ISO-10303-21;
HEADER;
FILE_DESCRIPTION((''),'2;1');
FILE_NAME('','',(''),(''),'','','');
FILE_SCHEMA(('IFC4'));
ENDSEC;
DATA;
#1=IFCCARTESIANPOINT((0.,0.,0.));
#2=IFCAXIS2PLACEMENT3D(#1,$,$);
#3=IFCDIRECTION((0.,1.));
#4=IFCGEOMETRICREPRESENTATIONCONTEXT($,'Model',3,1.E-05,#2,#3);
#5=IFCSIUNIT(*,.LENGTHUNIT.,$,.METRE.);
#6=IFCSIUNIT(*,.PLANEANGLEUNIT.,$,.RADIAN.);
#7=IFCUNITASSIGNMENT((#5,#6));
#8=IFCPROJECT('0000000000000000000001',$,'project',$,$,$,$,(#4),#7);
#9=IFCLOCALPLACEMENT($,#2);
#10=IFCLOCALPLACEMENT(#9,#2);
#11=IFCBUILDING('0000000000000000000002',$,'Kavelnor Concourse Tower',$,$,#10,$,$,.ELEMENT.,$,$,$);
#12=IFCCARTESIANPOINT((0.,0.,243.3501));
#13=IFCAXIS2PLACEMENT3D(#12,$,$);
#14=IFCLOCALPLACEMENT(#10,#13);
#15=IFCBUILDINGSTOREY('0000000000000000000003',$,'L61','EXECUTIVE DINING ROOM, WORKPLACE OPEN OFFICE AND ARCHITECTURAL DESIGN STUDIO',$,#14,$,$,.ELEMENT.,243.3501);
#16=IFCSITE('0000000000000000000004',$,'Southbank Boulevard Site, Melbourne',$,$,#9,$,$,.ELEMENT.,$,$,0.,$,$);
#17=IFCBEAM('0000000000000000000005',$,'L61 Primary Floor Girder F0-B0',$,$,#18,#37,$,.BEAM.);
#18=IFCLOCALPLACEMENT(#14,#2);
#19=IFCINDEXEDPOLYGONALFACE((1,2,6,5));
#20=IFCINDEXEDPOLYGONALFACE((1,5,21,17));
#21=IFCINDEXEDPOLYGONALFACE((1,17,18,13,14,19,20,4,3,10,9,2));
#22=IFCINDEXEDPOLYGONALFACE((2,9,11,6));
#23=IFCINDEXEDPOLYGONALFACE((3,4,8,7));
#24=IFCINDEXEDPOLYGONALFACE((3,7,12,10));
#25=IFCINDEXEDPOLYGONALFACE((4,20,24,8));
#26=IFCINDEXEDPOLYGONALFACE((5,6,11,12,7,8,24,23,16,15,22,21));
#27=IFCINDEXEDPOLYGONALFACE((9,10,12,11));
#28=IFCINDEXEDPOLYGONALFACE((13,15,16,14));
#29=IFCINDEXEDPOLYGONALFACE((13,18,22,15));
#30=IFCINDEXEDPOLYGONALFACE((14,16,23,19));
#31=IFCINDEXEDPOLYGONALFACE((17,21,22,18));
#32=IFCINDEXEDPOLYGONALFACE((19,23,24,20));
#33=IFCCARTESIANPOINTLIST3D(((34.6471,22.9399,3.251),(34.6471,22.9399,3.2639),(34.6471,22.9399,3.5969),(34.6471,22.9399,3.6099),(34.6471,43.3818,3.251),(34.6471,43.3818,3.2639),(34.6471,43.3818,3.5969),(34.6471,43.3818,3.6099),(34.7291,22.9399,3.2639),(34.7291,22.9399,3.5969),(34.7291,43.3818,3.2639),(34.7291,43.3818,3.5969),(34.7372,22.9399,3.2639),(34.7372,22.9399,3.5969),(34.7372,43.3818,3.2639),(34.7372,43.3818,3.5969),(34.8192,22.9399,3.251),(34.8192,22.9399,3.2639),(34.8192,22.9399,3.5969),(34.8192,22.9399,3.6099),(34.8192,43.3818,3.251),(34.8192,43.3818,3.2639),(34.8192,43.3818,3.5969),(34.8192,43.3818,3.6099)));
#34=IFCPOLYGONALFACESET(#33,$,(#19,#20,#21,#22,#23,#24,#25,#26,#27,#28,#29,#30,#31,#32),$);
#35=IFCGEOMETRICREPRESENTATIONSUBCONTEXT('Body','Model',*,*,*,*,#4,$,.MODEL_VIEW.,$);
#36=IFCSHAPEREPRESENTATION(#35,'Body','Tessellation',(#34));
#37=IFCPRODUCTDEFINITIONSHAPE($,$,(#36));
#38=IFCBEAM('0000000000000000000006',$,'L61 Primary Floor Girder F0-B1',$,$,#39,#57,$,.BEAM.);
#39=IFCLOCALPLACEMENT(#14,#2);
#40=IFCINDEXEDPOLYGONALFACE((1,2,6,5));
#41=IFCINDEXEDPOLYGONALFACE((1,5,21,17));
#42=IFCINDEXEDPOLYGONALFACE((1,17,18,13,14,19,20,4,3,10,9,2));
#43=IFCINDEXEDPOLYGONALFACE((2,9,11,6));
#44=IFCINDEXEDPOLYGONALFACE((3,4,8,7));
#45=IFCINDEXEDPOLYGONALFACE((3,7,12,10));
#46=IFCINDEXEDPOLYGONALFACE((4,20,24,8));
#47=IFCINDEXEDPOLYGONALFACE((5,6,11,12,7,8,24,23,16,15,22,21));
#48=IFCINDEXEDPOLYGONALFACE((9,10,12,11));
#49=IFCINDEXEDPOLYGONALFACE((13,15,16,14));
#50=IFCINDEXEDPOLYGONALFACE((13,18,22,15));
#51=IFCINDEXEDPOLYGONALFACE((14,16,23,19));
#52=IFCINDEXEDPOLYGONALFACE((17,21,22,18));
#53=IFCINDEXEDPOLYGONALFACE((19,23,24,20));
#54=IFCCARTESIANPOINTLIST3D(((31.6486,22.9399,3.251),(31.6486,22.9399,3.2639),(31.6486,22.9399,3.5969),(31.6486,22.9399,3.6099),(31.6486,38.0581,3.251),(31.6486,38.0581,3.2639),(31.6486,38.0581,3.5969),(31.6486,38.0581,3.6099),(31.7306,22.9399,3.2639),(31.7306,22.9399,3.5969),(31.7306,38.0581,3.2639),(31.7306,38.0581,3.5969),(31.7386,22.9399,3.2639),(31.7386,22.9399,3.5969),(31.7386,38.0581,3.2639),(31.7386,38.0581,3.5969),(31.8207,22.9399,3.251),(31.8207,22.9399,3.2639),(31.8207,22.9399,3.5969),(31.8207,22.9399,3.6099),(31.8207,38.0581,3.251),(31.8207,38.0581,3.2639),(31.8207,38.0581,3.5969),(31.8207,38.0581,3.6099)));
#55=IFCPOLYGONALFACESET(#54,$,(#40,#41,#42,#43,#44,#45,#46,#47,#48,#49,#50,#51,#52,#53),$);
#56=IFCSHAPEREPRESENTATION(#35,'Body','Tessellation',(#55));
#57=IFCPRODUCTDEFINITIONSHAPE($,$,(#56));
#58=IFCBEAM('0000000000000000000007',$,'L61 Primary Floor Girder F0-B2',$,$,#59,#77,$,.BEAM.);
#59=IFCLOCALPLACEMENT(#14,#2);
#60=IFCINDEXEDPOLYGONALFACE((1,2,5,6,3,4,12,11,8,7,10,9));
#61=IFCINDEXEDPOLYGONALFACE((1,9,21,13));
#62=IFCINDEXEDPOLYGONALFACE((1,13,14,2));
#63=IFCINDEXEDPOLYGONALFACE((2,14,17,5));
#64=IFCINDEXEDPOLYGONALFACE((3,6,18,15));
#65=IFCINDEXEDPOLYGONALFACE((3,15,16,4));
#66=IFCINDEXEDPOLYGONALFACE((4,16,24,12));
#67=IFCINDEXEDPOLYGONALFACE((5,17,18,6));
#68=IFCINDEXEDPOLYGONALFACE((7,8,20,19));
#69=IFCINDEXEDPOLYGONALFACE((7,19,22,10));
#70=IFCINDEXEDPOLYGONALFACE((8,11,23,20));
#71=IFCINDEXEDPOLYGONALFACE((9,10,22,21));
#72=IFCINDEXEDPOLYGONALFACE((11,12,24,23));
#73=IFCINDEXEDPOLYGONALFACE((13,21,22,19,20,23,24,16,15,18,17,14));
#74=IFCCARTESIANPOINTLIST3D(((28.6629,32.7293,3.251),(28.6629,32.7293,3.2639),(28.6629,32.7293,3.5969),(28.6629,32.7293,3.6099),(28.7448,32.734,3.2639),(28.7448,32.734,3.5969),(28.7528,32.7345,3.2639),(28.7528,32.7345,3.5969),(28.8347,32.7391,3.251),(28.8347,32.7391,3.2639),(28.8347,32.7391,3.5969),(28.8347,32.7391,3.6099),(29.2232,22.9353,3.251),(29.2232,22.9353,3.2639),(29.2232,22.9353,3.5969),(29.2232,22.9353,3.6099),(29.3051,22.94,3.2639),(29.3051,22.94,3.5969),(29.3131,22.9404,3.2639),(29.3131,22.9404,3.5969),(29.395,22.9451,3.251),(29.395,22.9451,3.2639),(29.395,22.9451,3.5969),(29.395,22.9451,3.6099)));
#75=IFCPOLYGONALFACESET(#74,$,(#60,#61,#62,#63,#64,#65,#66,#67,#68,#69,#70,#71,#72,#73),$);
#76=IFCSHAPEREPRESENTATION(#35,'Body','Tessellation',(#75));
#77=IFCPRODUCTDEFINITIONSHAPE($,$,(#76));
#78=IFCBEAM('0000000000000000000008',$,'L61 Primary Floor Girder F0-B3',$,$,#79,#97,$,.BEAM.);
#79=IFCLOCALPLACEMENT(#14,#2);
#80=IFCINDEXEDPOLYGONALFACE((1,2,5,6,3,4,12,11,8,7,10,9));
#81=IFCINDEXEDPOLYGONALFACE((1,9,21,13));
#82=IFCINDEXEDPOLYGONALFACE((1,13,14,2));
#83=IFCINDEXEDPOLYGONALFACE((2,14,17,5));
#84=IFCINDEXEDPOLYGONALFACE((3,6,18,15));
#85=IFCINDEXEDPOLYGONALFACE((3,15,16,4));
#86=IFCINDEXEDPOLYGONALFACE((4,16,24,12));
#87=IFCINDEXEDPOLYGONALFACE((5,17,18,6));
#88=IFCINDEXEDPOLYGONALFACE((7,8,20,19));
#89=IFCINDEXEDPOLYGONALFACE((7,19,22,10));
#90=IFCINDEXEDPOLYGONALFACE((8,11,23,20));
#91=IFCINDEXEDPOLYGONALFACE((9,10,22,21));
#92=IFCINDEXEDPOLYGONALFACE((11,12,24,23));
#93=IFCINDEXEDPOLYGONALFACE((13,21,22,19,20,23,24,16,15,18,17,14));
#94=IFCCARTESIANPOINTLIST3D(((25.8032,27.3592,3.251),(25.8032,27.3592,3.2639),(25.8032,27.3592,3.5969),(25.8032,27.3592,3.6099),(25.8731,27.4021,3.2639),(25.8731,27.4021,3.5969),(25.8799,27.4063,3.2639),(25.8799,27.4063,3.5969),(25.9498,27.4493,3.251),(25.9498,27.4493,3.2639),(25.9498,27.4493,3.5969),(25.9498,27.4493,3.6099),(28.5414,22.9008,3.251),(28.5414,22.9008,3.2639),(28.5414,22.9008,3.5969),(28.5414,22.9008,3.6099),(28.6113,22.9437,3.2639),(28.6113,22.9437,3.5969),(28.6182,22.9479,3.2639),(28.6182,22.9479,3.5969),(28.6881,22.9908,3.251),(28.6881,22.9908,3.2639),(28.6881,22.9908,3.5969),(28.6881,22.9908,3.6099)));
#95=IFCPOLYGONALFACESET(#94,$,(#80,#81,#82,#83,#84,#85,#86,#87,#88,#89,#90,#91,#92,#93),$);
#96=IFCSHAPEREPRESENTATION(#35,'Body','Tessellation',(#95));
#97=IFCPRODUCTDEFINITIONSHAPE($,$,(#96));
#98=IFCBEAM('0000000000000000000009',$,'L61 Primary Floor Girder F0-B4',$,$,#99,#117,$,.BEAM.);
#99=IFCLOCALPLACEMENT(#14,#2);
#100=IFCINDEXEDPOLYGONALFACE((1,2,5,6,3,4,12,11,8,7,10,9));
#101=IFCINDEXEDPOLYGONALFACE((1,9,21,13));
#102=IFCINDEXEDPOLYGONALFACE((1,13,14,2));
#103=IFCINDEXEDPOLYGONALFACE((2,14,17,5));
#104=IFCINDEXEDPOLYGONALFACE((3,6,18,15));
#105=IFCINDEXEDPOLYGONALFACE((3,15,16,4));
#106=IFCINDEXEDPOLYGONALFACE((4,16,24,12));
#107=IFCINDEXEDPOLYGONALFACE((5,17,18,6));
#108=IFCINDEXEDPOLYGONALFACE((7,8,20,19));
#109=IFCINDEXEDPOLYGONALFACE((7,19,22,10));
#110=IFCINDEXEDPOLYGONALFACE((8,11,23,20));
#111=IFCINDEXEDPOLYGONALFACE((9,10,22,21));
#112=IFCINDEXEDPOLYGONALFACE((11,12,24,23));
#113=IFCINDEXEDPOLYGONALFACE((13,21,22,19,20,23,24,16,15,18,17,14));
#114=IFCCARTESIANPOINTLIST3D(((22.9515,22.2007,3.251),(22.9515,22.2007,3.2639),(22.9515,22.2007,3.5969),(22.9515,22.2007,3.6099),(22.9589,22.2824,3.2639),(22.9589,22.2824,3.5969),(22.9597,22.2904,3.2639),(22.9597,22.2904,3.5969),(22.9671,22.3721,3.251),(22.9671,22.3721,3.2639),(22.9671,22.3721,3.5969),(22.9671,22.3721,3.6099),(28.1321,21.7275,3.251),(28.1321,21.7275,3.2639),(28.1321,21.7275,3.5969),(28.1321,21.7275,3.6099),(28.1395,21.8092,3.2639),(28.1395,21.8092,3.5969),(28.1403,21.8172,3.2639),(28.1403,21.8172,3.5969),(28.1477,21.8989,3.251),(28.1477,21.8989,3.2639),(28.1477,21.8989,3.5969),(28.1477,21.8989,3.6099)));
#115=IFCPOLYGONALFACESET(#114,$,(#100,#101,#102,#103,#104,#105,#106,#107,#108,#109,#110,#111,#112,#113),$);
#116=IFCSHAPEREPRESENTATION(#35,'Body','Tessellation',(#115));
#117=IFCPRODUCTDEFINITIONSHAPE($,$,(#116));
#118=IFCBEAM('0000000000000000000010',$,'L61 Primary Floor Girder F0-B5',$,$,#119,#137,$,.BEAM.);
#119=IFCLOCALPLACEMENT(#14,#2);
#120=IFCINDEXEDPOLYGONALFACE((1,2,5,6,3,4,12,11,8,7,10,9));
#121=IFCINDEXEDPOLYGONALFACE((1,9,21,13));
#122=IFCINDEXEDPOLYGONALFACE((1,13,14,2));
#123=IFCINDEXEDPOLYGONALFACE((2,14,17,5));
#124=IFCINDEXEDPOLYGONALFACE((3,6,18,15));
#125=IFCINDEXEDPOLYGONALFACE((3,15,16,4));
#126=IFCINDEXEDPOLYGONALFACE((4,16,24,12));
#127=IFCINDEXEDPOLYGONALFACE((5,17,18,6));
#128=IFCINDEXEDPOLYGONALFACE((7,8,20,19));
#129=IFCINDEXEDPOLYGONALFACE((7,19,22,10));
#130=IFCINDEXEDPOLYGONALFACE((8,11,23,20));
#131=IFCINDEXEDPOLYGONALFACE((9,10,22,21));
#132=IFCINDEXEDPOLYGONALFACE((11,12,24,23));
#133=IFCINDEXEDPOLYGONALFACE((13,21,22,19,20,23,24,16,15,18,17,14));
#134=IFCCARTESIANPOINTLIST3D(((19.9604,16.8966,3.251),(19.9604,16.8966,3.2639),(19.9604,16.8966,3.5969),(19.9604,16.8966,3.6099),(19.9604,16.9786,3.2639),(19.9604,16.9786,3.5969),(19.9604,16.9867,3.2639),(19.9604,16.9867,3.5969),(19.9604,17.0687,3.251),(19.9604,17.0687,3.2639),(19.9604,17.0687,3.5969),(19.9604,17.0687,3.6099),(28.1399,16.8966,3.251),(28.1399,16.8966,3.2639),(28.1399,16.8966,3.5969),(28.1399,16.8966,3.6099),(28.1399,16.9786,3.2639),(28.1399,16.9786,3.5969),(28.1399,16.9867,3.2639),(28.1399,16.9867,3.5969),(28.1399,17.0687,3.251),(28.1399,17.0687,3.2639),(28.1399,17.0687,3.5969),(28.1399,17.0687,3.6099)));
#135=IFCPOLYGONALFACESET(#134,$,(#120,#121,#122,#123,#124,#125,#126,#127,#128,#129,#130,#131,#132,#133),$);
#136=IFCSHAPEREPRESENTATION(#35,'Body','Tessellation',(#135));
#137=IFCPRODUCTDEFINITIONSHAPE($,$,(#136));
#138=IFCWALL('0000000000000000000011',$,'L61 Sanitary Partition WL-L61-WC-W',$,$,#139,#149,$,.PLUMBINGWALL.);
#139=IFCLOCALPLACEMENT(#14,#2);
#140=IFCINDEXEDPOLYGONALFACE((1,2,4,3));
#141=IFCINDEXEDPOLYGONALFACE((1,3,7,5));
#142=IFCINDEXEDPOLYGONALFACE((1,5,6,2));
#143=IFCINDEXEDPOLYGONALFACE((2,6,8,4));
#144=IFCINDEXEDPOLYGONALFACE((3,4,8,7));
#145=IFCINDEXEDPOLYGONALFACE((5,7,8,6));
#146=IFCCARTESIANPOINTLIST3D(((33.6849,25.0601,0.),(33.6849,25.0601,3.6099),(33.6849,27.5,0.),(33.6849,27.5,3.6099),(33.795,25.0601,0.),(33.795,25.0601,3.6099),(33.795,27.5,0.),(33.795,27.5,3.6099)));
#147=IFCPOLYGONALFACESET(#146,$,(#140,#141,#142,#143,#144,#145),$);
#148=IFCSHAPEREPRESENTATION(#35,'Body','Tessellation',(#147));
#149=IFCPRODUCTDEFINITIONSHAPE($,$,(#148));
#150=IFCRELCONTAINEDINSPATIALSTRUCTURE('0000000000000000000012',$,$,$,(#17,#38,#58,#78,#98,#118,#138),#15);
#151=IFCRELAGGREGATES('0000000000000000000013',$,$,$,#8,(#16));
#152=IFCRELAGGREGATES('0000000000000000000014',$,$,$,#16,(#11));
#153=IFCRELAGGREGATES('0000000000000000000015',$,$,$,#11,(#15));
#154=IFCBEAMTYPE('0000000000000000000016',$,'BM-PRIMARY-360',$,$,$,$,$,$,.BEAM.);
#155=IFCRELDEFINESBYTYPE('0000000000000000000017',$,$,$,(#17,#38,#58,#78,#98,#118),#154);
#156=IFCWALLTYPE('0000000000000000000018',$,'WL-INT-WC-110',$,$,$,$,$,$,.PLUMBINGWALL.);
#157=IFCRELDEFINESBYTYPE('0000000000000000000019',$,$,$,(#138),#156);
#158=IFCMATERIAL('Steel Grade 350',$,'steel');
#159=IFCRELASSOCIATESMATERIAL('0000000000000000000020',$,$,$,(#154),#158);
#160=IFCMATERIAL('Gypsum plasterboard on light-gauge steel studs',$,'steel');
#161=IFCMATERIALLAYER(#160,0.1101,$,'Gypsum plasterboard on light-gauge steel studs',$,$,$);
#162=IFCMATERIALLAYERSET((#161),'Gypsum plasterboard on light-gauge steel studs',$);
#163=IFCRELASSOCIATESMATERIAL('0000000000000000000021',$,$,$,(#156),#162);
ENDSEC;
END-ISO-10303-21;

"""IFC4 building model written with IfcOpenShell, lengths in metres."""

from ifc_helpers import new_model, si_unit, direction, frame, frame_2d, origin, origin_2d, place, context, subcontext, project, spatial, rectangle, i_section, extrude, material, layer, layer_set, material_profile, profile_set, type_object, element, save


model = new_model("IFC4")

# Units and contexts
model_context = context("Model", 3, precision=1e-05, world=origin(), true_north=direction((0.0, 1.0)))
body_context = subcontext(model_context, "Body", "Model", "MODEL_VIEW")
ifc_project = project(units=[si_unit("LENGTHUNIT", "METRE"), si_unit("PLANEANGLEUNIT", "RADIAN")], contexts=[model_context])

# Site, building, storey
site_placement = place(None, origin())
site = spatial("IfcSite", under=ifc_project, at=site_placement, Name="Southbank Boulevard Site, Melbourne", CompositionType="ELEMENT", RefElevation=0.0)
building_placement = place(site_placement, origin())
building = spatial("IfcBuilding", under=site, at=building_placement, Name="Kavelnor Concourse Tower", CompositionType="ELEMENT")
storey_placement = place(building_placement, frame((0.0, 0.0, 243.3501)))
storey = spatial("IfcBuildingStorey", under=building, at=storey_placement, Name="L61", Description="EXECUTIVE DINING ROOM, WORKPLACE OPEN OFFICE AND ARCHITECTURAL DESIGN STUDIO", CompositionType="ELEMENT", Elevation=243.3501)

# Beams
ifc_material_1 = material(Name="Steel Grade 350", Category="steel")
ifc_material_profile = material_profile(ifc_material_1, i_section(OverallWidth=0.1721, OverallDepth=0.3589, WebThickness=0.0081, FlangeThickness=0.0129, at=origin_2d()), Name="360UB56")
ifc_profile_set = profile_set([ifc_material_profile], Name="Steel Grade 350")
beam_type = type_object("IfcBeamType", Name="BM-PRIMARY-360", PredefinedType="BEAM", material=ifc_profile_set)
beam_1_placement = place(storey_placement, frame((34.7332, 22.9399, 3.4304), z_axis=(0.0, 1.0, 0.0), x_axis=(-1.0, 0.0, 0.0)))
element("IfcBeam", 1, at=beam_1_placement, inside=storey, type_object=beam_type, Name="L61 Primary Floor Girder F0-B0", PredefinedType="BEAM", context=body_context, shape_type="SweptSolid", body=[
    extrude(i_section(OverallWidth=0.1721, OverallDepth=0.3589, WebThickness=0.0081, FlangeThickness=0.0129, at=origin_2d()), origin(), (0.0, 0.0, 1.0), 20.4419),
])
beam_2_placement = place(storey_placement, frame((31.7346, 22.9399, 3.4304), z_axis=(0.0, 1.0, 0.0), x_axis=(-1.0, 0.0, 0.0)))
element("IfcBeam", 2, at=beam_2_placement, inside=storey, type_object=beam_type, Name="L61 Primary Floor Girder F0-B1", PredefinedType="BEAM", context=body_context, shape_type="SweptSolid", body=[
    extrude(i_section(OverallWidth=0.1721, OverallDepth=0.3589, WebThickness=0.0081, FlangeThickness=0.0129, at=origin_2d()), origin(), (0.0, 0.0, 1.0), 15.1182),
])
beam_3_placement = place(storey_placement, frame((29.3091, 22.9402, 3.4304), z_axis=(-0.057116, 0.998368, 0.0), x_axis=(-0.998368, -0.057116, 0.0)))
element("IfcBeam", 3, at=beam_3_placement, inside=storey, type_object=beam_type, Name="L61 Primary Floor Girder F0-B2", PredefinedType="BEAM", context=body_context, shape_type="SweptSolid", body=[
    extrude(i_section(OverallWidth=0.1721, OverallDepth=0.3589, WebThickness=0.0081, FlangeThickness=0.0129, at=origin_2d()), origin(), (0.0, 0.0, 1.0), 9.8101),
])
beam_4_placement = place(storey_placement, frame((28.6147, 22.9458, 3.4304), z_axis=(-0.523347, 0.852119, 0.0), x_axis=(-0.852119, -0.523347, 0.0)))
element("IfcBeam", 4, at=beam_4_placement, inside=storey, type_object=beam_type, Name="L61 Primary Floor Girder F0-B3", PredefinedType="BEAM", context=body_context, shape_type="SweptSolid", body=[
    extrude(i_section(OverallWidth=0.1721, OverallDepth=0.3589, WebThickness=0.0081, FlangeThickness=0.0129, at=origin_2d()), origin(), (0.0, 0.0, 1.0), 5.2322),
])
beam_5_placement = place(storey_placement, frame((28.1399, 21.8132, 3.4304), z_axis=(-0.995855, 0.09095, 0.0), x_axis=(-0.09095, -0.995855, 0.0)))
element("IfcBeam", 5, at=beam_5_placement, inside=storey, type_object=beam_type, Name="L61 Primary Floor Girder F0-B4", PredefinedType="BEAM", context=body_context, shape_type="SweptSolid", body=[
    extrude(i_section(OverallWidth=0.1721, OverallDepth=0.3589, WebThickness=0.0081, FlangeThickness=0.0129, at=origin_2d()), origin(), (0.0, 0.0, 1.0), 5.2021),
])
beam_6_placement = place(storey_placement, frame((28.1399, 16.9827, 3.4304), z_axis=(-1.0, 0.0, 0.0), x_axis=(0.0, -1.0, 0.0)))
element("IfcBeam", 6, at=beam_6_placement, inside=storey, type_object=beam_type, Name="L61 Primary Floor Girder F0-B5", PredefinedType="BEAM", context=body_context, shape_type="SweptSolid", body=[
    extrude(i_section(OverallWidth=0.1721, OverallDepth=0.3589, WebThickness=0.0081, FlangeThickness=0.0129, at=origin_2d()), origin(), (0.0, 0.0, 1.0), 8.1794),
])

# Wall
ifc_material_2 = material(Name="Gypsum plasterboard on light-gauge steel studs", Category="steel")
ifc_layer_1 = layer(ifc_material_2, 0.1101, Name="Gypsum plasterboard on light-gauge steel studs")
ifc_layer_set_1 = layer_set([ifc_layer_1], Name="Gypsum plasterboard on light-gauge steel studs")
wall_type_1 = type_object("IfcWallType", Name="WL-INT-WC-110", PredefinedType="PLUMBINGWALL", material=ifc_layer_set_1)
wall_1_placement = place(storey_placement, frame((33.74, 25.0601, 0.0), z_axis=(0.0, 0.0, 1.0), x_axis=(0.0, 1.0, 0.0)))
element("IfcWall", 7, at=wall_1_placement, inside=storey, type_object=wall_type_1, Name="L61 Sanitary Partition WL-L61-WC-W", PredefinedType="PLUMBINGWALL", context=body_context, shape_type="SweptSolid", body=[
    extrude(rectangle(XDim=2.4399, YDim=0.1101, at=frame_2d((1.22, 0.0))), origin(), (0.0, 0.0, 1.0), 3.6099),
])

save(model, "model.ifc")
